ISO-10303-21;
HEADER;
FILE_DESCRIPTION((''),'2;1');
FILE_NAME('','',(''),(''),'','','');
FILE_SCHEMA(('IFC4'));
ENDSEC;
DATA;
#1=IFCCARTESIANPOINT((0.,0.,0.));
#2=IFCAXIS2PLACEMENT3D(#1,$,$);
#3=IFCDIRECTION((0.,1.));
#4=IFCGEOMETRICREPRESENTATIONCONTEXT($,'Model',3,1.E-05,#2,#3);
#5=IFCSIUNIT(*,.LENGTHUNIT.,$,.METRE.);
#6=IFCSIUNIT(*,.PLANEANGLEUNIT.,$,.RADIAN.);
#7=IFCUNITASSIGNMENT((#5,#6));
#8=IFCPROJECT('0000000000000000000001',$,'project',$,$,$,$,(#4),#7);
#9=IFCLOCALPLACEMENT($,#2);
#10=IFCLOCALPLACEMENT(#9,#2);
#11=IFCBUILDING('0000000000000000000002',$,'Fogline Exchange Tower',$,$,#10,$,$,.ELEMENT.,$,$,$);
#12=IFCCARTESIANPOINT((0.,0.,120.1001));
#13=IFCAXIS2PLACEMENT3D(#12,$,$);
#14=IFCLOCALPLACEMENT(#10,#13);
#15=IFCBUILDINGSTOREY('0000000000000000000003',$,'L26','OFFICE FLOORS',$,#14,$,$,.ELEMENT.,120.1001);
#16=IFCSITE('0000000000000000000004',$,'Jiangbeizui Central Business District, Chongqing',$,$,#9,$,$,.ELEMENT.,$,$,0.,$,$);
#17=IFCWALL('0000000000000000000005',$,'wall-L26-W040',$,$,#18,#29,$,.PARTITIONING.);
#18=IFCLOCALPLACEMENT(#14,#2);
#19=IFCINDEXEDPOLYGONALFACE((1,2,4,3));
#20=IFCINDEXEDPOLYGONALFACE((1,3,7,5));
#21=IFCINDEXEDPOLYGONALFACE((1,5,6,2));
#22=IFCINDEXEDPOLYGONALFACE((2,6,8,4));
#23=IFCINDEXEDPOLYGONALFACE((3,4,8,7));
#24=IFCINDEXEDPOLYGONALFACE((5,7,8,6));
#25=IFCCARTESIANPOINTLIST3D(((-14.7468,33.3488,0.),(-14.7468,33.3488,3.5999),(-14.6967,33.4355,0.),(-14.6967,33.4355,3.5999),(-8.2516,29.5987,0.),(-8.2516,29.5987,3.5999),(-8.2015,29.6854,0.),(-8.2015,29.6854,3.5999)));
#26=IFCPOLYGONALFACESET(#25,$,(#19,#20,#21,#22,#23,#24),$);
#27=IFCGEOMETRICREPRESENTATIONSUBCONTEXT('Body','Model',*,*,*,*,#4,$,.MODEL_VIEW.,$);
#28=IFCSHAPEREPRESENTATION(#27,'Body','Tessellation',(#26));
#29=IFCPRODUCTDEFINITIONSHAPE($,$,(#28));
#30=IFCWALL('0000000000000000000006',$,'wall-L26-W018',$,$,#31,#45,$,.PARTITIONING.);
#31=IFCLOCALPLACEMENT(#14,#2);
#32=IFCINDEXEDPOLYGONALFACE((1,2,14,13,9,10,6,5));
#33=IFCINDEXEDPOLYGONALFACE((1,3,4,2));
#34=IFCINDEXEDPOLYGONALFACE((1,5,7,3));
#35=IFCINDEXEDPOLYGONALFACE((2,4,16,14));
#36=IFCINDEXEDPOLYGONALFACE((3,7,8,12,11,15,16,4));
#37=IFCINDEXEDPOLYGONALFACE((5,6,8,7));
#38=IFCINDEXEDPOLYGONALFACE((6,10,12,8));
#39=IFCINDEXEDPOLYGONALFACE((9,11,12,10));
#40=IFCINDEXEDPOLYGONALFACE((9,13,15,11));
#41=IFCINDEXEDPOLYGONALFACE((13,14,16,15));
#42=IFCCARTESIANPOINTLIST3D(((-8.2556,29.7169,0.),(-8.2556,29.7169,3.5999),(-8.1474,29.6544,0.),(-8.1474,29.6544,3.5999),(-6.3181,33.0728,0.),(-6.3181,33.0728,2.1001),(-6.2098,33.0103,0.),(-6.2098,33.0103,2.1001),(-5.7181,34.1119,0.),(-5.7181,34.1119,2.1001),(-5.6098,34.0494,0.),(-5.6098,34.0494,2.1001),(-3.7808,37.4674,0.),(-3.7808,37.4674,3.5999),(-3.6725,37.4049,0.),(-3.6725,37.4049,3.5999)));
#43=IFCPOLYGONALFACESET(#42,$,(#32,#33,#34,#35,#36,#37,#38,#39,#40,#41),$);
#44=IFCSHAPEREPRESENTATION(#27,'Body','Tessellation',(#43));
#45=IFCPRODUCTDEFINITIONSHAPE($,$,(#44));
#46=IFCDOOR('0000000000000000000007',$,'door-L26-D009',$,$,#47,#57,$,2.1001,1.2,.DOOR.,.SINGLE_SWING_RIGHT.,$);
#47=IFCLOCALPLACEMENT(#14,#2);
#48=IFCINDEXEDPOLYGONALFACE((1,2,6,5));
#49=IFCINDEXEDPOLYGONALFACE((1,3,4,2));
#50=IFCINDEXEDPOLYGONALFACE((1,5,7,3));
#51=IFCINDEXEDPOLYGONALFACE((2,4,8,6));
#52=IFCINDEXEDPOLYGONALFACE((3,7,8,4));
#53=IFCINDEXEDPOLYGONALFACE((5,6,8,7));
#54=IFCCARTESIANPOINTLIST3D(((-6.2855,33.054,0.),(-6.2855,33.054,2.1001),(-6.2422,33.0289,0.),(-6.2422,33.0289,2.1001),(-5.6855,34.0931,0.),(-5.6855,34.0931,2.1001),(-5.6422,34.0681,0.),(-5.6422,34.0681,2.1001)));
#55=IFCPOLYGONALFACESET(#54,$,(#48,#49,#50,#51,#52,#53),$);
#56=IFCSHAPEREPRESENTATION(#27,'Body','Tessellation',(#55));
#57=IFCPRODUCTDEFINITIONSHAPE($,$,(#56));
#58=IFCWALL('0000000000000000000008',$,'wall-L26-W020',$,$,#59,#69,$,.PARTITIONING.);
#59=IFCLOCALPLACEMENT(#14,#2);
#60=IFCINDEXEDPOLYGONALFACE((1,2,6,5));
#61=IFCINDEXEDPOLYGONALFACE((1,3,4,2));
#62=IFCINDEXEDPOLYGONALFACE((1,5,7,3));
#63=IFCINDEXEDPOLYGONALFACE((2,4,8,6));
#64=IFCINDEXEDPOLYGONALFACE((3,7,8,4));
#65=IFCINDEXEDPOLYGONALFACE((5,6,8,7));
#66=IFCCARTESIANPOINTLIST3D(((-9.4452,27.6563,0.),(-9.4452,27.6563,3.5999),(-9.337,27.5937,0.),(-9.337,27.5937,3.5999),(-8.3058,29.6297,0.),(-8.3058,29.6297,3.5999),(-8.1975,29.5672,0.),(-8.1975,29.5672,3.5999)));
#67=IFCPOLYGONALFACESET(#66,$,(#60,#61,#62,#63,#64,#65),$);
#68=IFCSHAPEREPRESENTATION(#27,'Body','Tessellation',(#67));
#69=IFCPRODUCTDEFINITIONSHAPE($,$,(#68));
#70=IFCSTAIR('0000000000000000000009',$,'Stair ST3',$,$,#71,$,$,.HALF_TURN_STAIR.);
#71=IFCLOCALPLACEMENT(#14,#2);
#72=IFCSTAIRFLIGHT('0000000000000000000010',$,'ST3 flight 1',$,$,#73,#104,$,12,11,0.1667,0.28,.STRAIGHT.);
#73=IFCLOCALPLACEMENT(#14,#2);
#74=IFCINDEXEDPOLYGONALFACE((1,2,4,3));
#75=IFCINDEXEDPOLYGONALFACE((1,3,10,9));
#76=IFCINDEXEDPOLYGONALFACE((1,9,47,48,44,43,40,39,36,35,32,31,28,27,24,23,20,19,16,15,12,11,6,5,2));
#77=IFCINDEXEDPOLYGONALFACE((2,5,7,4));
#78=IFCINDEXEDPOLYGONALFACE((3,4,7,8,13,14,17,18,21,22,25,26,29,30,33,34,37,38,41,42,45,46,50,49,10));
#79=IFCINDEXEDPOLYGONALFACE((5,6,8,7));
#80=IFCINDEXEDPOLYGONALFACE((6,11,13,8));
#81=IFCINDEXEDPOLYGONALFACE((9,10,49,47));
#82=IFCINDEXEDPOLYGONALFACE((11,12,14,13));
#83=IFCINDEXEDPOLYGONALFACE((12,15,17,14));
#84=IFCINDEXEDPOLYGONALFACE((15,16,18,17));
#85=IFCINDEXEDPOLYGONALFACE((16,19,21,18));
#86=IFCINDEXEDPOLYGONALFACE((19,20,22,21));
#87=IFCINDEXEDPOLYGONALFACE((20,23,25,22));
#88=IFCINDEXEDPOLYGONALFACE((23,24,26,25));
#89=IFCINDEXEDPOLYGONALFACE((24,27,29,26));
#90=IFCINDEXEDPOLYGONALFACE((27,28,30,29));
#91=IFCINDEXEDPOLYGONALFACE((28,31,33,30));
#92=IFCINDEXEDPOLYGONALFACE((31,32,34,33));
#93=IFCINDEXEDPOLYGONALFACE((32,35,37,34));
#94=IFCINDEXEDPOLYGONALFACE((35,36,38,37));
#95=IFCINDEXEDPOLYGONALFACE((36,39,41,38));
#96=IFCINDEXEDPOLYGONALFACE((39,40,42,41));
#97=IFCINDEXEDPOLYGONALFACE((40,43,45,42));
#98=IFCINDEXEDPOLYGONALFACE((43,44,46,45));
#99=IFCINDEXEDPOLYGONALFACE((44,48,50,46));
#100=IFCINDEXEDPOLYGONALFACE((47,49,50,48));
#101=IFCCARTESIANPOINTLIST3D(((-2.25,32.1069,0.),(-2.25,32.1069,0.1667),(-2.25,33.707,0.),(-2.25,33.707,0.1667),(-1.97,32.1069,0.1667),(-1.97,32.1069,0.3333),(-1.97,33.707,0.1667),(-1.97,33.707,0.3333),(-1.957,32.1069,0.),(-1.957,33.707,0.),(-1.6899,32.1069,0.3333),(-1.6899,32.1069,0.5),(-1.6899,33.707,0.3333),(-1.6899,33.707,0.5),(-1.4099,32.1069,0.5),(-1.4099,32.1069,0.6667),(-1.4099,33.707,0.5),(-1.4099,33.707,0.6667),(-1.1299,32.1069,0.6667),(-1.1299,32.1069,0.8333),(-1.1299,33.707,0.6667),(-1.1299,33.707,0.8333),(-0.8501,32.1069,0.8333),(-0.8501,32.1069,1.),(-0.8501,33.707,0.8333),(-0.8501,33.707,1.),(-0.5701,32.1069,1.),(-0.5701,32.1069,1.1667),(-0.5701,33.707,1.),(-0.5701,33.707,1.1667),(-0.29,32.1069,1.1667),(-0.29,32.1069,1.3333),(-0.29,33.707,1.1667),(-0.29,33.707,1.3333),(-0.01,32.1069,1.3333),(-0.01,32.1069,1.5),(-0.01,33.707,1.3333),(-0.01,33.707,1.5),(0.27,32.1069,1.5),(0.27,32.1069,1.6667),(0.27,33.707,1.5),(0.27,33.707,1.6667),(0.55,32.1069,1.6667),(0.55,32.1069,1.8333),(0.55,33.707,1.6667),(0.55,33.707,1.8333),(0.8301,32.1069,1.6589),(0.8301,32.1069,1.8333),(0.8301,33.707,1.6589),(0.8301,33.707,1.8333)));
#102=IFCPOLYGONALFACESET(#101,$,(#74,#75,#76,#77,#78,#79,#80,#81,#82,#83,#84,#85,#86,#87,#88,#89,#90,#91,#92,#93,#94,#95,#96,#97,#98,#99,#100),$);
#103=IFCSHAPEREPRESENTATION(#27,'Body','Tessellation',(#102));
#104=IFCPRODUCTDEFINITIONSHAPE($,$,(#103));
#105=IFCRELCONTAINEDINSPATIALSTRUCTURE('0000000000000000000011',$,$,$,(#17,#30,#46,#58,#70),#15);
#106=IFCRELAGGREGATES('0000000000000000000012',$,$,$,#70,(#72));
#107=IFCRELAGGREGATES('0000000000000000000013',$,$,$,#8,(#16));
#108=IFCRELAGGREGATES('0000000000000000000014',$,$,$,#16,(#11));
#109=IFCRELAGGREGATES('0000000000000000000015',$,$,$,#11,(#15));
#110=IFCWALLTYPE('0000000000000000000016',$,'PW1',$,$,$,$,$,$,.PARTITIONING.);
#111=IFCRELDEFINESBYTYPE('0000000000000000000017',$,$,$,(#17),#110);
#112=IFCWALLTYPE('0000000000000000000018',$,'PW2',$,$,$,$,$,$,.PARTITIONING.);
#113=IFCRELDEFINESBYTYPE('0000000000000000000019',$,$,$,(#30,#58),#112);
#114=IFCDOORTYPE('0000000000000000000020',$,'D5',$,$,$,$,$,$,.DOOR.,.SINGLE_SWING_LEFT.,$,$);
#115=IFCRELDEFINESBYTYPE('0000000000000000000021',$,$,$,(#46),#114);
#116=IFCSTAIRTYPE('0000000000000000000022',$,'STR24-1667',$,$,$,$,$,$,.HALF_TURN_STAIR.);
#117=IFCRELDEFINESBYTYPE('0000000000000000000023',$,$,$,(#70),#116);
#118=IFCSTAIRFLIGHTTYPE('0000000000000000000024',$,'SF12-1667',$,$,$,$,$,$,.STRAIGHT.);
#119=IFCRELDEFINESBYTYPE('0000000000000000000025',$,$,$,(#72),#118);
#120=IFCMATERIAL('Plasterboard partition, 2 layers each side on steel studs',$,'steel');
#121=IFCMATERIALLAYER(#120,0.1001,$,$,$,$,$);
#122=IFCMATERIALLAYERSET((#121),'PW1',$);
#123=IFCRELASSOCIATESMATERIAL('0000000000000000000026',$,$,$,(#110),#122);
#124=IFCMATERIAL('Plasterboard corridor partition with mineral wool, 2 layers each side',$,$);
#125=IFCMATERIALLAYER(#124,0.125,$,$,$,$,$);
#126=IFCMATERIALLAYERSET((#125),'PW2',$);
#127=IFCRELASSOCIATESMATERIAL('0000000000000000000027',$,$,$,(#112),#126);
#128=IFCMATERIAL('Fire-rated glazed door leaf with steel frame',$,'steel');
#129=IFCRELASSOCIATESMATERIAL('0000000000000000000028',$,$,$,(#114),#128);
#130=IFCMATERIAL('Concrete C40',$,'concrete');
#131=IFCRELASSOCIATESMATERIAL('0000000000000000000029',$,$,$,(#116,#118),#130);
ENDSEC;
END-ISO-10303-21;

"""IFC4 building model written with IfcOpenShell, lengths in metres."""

from ifc_helpers import new_model, si_unit, direction, frame, frame_2d, origin, place, context, subcontext, project, spatial, polyline, rectangle, outline, extrude, material, layer, layer_set, type_object, element, fill, aggregate, save


model = new_model("IFC4")

# Units and contexts
model_context = context("Model", 3, precision=1e-05, world=origin(), true_north=direction((0.0, 1.0)))
body_context = subcontext(model_context, "Body", "Model", "MODEL_VIEW")
ifc_project = project(units=[si_unit("LENGTHUNIT", "METRE"), si_unit("PLANEANGLEUNIT", "RADIAN")], contexts=[model_context])

# Site, building, storey
site_placement = place(None, origin())
site = spatial("IfcSite", under=ifc_project, at=site_placement, Name="Jiangbeizui Central Business District, Chongqing", CompositionType="ELEMENT", RefElevation=0.0)
building_placement = place(site_placement, origin())
building = spatial("IfcBuilding", under=site, at=building_placement, Name="Fogline Exchange Tower", CompositionType="ELEMENT")
storey_placement = place(building_placement, frame((0.0, 0.0, 120.1001)))
storey = spatial("IfcBuildingStorey", under=building, at=storey_placement, Name="L26", Description="OFFICE FLOORS", CompositionType="ELEMENT", Elevation=120.1001)

# Shared definitions
ifc_material_1 = material(Name="Concrete C40", Category="concrete")

# Wall
ifc_material_2 = material(Name="Plasterboard partition, 2 layers each side on steel studs", Category="steel")
ifc_layer_1 = layer(ifc_material_2, 0.1001)
ifc_layer_set_1 = layer_set([ifc_layer_1], Name="PW1")
wall_type_1 = type_object("IfcWallType", Name="PW1", PredefinedType="PARTITIONING", material=ifc_layer_set_1)
wall_1_placement = place(storey_placement, frame((-8.2266, 29.6421, 0.0), z_axis=(0.0, 0.0, 1.0), x_axis=(-0.866023, 0.500004, 0.0)))
element("IfcWall", 1, at=wall_1_placement, inside=storey, type_object=wall_type_1, Name="wall-L26-W040", PredefinedType="PARTITIONING", context=body_context, shape_type="SweptSolid", body=[
    extrude(rectangle(XDim=7.5, YDim=0.1001, at=frame_2d((3.75, 0.0))), origin(), (0.0, 0.0, 1.0), 3.5999),
])

# Wall, opening, door
ifc_material_3 = material(Name="Plasterboard corridor partition with mineral wool, 2 layers each side")
ifc_layer_2 = layer(ifc_material_3, 0.125)
ifc_layer_set_2 = layer_set([ifc_layer_2], Name="PW2")
wall_type_2 = type_object("IfcWallType", Name="PW2", PredefinedType="PARTITIONING", material=ifc_layer_set_2)
wall_2_placement = place(storey_placement, frame((-8.2014, 29.6858, 0.0), z_axis=(0.0, 0.0, 1.0), x_axis=(0.500009, 0.86602, 0.0)))
wall_2 = element("IfcWall", 2, at=wall_2_placement, inside=storey, type_object=wall_type_2, Name="wall-L26-W018", PredefinedType="PARTITIONING", context=body_context, shape_type="SweptSolid", body=[
    extrude(rectangle(XDim=8.9495, YDim=0.125, at=frame_2d((4.4746, 0.0))), origin(), (0.0, 0.0, 1.0), 3.5999),
])
opening_1_placement = place(wall_2_placement, frame((3.8748, 0.0, 0.0)))
opening_1 = element("IfcOpeningElement", 3, at=opening_1_placement, cuts=wall_2, PredefinedType="OPENING", context=body_context, shape_type="SweptSolid", body=[
    extrude(rectangle(XDim=1.2, YDim=2.1001, at=frame_2d((0.6001, 1.05))), frame((0.0, 0.0725, 0.0), z_axis=(0.0, -1.0, 0.0), x_axis=(1.0, 0.0, 0.0)), (0.0, 0.0, 1.0), 0.145),
])
ifc_material_4 = material(Name="Fire-rated glazed door leaf with steel frame", Category="steel")
door_type_1 = type_object("IfcDoorType", Name="D5", OperationType="SINGLE_SWING_LEFT", PredefinedType="DOOR", material=ifc_material_4)
door_1_placement = place(opening_1_placement, origin())
door_1 = element("IfcDoor", 4, at=door_1_placement, inside=storey, type_object=door_type_1, Name="door-L26-D009", OperationType="SINGLE_SWING_RIGHT", OverallHeight=2.1001, OverallWidth=1.2, PredefinedType="DOOR", context=body_context, shape_type="SweptSolid", body=[
    extrude(rectangle(XDim=1.2, YDim=2.1001, at=frame_2d((0.6001, 1.05))), frame((0.0, 0.0249, 0.0), z_axis=(0.0, -1.0, 0.0), x_axis=(1.0, 0.0, 0.0)), (0.0, 0.0, 1.0), 0.05),
])
fill(opening_1, door_1)

# Wall
wall_3_placement = place(storey_placement, frame((-9.3911, 27.625, 0.0), z_axis=(0.0, 0.0, 1.0), x_axis=(0.500022, 0.866013, 0.0)))
element("IfcWall", 5, at=wall_3_placement, inside=storey, type_object=wall_type_2, Name="wall-L26-W020", PredefinedType="PARTITIONING", context=body_context, shape_type="SweptSolid", body=[
    extrude(rectangle(XDim=2.2788, YDim=0.125, at=frame_2d((1.1394, 0.0))), origin(), (0.0, 0.0, 1.0), 3.5999),
])

# Stair, stair flight
stair_type = type_object("IfcStairType", Name="STR24-1667", PredefinedType="HALF_TURN_STAIR", material=ifc_material_1)
stair_placement = place(storey_placement, origin())
stair = element("IfcStair", 6, at=stair_placement, inside=storey, type_object=stair_type, Name="Stair ST3", PredefinedType="HALF_TURN_STAIR")
stair_flight_type = type_object("IfcStairFlightType", Name="SF12-1667", PredefinedType="STRAIGHT", material=ifc_material_1)
stair_flight_placement = place(storey_placement, frame((-2.25, 32.907, 0.0), z_axis=(0.0, 0.0, 1.0), x_axis=(1.0, 0.0, 0.0)))
stair_flight = element("IfcStairFlight", 7, at=stair_flight_placement, type_object=stair_flight_type, Name="ST3 flight 1", NumberOfRisers=12, NumberOfTreads=11, PredefinedType="STRAIGHT", RiserHeight=0.1667, TreadLength=0.28, context=body_context, shape_type="SweptSolid", body=[
    extrude(outline(polyline([(0.0, 0.0), (0.0, 0.1667), (0.28, 0.1667), (0.28, 0.3333), (0.5601, 0.3333), (0.5601, 0.5), (0.8401, 0.5), (0.8401, 0.6667), (1.1201, 0.6667), (1.1201, 0.8333), (1.3999, 0.8333), (1.3999, 1.0), (1.6799, 1.0), (1.6799, 1.1667), (1.96, 1.1667), (1.96, 1.3333), (2.24, 1.3333), (2.24, 1.5), (2.52, 1.5), (2.52, 1.6667), (2.8, 1.6667), (2.8, 1.8333), (3.0801, 1.8333), (3.0801, 2.0), (3.0801, 1.6589), (0.293, 0.0), (0.0, 0.0)])), frame((0.0, 0.8, 0.0), z_axis=(0.0, -1.0, 0.0), x_axis=(1.0, 0.0, 0.0)), (0.0, 0.0, 1.0), 1.6001),
])
aggregate(stair, [stair_flight])

save(model, "model.ifc")
